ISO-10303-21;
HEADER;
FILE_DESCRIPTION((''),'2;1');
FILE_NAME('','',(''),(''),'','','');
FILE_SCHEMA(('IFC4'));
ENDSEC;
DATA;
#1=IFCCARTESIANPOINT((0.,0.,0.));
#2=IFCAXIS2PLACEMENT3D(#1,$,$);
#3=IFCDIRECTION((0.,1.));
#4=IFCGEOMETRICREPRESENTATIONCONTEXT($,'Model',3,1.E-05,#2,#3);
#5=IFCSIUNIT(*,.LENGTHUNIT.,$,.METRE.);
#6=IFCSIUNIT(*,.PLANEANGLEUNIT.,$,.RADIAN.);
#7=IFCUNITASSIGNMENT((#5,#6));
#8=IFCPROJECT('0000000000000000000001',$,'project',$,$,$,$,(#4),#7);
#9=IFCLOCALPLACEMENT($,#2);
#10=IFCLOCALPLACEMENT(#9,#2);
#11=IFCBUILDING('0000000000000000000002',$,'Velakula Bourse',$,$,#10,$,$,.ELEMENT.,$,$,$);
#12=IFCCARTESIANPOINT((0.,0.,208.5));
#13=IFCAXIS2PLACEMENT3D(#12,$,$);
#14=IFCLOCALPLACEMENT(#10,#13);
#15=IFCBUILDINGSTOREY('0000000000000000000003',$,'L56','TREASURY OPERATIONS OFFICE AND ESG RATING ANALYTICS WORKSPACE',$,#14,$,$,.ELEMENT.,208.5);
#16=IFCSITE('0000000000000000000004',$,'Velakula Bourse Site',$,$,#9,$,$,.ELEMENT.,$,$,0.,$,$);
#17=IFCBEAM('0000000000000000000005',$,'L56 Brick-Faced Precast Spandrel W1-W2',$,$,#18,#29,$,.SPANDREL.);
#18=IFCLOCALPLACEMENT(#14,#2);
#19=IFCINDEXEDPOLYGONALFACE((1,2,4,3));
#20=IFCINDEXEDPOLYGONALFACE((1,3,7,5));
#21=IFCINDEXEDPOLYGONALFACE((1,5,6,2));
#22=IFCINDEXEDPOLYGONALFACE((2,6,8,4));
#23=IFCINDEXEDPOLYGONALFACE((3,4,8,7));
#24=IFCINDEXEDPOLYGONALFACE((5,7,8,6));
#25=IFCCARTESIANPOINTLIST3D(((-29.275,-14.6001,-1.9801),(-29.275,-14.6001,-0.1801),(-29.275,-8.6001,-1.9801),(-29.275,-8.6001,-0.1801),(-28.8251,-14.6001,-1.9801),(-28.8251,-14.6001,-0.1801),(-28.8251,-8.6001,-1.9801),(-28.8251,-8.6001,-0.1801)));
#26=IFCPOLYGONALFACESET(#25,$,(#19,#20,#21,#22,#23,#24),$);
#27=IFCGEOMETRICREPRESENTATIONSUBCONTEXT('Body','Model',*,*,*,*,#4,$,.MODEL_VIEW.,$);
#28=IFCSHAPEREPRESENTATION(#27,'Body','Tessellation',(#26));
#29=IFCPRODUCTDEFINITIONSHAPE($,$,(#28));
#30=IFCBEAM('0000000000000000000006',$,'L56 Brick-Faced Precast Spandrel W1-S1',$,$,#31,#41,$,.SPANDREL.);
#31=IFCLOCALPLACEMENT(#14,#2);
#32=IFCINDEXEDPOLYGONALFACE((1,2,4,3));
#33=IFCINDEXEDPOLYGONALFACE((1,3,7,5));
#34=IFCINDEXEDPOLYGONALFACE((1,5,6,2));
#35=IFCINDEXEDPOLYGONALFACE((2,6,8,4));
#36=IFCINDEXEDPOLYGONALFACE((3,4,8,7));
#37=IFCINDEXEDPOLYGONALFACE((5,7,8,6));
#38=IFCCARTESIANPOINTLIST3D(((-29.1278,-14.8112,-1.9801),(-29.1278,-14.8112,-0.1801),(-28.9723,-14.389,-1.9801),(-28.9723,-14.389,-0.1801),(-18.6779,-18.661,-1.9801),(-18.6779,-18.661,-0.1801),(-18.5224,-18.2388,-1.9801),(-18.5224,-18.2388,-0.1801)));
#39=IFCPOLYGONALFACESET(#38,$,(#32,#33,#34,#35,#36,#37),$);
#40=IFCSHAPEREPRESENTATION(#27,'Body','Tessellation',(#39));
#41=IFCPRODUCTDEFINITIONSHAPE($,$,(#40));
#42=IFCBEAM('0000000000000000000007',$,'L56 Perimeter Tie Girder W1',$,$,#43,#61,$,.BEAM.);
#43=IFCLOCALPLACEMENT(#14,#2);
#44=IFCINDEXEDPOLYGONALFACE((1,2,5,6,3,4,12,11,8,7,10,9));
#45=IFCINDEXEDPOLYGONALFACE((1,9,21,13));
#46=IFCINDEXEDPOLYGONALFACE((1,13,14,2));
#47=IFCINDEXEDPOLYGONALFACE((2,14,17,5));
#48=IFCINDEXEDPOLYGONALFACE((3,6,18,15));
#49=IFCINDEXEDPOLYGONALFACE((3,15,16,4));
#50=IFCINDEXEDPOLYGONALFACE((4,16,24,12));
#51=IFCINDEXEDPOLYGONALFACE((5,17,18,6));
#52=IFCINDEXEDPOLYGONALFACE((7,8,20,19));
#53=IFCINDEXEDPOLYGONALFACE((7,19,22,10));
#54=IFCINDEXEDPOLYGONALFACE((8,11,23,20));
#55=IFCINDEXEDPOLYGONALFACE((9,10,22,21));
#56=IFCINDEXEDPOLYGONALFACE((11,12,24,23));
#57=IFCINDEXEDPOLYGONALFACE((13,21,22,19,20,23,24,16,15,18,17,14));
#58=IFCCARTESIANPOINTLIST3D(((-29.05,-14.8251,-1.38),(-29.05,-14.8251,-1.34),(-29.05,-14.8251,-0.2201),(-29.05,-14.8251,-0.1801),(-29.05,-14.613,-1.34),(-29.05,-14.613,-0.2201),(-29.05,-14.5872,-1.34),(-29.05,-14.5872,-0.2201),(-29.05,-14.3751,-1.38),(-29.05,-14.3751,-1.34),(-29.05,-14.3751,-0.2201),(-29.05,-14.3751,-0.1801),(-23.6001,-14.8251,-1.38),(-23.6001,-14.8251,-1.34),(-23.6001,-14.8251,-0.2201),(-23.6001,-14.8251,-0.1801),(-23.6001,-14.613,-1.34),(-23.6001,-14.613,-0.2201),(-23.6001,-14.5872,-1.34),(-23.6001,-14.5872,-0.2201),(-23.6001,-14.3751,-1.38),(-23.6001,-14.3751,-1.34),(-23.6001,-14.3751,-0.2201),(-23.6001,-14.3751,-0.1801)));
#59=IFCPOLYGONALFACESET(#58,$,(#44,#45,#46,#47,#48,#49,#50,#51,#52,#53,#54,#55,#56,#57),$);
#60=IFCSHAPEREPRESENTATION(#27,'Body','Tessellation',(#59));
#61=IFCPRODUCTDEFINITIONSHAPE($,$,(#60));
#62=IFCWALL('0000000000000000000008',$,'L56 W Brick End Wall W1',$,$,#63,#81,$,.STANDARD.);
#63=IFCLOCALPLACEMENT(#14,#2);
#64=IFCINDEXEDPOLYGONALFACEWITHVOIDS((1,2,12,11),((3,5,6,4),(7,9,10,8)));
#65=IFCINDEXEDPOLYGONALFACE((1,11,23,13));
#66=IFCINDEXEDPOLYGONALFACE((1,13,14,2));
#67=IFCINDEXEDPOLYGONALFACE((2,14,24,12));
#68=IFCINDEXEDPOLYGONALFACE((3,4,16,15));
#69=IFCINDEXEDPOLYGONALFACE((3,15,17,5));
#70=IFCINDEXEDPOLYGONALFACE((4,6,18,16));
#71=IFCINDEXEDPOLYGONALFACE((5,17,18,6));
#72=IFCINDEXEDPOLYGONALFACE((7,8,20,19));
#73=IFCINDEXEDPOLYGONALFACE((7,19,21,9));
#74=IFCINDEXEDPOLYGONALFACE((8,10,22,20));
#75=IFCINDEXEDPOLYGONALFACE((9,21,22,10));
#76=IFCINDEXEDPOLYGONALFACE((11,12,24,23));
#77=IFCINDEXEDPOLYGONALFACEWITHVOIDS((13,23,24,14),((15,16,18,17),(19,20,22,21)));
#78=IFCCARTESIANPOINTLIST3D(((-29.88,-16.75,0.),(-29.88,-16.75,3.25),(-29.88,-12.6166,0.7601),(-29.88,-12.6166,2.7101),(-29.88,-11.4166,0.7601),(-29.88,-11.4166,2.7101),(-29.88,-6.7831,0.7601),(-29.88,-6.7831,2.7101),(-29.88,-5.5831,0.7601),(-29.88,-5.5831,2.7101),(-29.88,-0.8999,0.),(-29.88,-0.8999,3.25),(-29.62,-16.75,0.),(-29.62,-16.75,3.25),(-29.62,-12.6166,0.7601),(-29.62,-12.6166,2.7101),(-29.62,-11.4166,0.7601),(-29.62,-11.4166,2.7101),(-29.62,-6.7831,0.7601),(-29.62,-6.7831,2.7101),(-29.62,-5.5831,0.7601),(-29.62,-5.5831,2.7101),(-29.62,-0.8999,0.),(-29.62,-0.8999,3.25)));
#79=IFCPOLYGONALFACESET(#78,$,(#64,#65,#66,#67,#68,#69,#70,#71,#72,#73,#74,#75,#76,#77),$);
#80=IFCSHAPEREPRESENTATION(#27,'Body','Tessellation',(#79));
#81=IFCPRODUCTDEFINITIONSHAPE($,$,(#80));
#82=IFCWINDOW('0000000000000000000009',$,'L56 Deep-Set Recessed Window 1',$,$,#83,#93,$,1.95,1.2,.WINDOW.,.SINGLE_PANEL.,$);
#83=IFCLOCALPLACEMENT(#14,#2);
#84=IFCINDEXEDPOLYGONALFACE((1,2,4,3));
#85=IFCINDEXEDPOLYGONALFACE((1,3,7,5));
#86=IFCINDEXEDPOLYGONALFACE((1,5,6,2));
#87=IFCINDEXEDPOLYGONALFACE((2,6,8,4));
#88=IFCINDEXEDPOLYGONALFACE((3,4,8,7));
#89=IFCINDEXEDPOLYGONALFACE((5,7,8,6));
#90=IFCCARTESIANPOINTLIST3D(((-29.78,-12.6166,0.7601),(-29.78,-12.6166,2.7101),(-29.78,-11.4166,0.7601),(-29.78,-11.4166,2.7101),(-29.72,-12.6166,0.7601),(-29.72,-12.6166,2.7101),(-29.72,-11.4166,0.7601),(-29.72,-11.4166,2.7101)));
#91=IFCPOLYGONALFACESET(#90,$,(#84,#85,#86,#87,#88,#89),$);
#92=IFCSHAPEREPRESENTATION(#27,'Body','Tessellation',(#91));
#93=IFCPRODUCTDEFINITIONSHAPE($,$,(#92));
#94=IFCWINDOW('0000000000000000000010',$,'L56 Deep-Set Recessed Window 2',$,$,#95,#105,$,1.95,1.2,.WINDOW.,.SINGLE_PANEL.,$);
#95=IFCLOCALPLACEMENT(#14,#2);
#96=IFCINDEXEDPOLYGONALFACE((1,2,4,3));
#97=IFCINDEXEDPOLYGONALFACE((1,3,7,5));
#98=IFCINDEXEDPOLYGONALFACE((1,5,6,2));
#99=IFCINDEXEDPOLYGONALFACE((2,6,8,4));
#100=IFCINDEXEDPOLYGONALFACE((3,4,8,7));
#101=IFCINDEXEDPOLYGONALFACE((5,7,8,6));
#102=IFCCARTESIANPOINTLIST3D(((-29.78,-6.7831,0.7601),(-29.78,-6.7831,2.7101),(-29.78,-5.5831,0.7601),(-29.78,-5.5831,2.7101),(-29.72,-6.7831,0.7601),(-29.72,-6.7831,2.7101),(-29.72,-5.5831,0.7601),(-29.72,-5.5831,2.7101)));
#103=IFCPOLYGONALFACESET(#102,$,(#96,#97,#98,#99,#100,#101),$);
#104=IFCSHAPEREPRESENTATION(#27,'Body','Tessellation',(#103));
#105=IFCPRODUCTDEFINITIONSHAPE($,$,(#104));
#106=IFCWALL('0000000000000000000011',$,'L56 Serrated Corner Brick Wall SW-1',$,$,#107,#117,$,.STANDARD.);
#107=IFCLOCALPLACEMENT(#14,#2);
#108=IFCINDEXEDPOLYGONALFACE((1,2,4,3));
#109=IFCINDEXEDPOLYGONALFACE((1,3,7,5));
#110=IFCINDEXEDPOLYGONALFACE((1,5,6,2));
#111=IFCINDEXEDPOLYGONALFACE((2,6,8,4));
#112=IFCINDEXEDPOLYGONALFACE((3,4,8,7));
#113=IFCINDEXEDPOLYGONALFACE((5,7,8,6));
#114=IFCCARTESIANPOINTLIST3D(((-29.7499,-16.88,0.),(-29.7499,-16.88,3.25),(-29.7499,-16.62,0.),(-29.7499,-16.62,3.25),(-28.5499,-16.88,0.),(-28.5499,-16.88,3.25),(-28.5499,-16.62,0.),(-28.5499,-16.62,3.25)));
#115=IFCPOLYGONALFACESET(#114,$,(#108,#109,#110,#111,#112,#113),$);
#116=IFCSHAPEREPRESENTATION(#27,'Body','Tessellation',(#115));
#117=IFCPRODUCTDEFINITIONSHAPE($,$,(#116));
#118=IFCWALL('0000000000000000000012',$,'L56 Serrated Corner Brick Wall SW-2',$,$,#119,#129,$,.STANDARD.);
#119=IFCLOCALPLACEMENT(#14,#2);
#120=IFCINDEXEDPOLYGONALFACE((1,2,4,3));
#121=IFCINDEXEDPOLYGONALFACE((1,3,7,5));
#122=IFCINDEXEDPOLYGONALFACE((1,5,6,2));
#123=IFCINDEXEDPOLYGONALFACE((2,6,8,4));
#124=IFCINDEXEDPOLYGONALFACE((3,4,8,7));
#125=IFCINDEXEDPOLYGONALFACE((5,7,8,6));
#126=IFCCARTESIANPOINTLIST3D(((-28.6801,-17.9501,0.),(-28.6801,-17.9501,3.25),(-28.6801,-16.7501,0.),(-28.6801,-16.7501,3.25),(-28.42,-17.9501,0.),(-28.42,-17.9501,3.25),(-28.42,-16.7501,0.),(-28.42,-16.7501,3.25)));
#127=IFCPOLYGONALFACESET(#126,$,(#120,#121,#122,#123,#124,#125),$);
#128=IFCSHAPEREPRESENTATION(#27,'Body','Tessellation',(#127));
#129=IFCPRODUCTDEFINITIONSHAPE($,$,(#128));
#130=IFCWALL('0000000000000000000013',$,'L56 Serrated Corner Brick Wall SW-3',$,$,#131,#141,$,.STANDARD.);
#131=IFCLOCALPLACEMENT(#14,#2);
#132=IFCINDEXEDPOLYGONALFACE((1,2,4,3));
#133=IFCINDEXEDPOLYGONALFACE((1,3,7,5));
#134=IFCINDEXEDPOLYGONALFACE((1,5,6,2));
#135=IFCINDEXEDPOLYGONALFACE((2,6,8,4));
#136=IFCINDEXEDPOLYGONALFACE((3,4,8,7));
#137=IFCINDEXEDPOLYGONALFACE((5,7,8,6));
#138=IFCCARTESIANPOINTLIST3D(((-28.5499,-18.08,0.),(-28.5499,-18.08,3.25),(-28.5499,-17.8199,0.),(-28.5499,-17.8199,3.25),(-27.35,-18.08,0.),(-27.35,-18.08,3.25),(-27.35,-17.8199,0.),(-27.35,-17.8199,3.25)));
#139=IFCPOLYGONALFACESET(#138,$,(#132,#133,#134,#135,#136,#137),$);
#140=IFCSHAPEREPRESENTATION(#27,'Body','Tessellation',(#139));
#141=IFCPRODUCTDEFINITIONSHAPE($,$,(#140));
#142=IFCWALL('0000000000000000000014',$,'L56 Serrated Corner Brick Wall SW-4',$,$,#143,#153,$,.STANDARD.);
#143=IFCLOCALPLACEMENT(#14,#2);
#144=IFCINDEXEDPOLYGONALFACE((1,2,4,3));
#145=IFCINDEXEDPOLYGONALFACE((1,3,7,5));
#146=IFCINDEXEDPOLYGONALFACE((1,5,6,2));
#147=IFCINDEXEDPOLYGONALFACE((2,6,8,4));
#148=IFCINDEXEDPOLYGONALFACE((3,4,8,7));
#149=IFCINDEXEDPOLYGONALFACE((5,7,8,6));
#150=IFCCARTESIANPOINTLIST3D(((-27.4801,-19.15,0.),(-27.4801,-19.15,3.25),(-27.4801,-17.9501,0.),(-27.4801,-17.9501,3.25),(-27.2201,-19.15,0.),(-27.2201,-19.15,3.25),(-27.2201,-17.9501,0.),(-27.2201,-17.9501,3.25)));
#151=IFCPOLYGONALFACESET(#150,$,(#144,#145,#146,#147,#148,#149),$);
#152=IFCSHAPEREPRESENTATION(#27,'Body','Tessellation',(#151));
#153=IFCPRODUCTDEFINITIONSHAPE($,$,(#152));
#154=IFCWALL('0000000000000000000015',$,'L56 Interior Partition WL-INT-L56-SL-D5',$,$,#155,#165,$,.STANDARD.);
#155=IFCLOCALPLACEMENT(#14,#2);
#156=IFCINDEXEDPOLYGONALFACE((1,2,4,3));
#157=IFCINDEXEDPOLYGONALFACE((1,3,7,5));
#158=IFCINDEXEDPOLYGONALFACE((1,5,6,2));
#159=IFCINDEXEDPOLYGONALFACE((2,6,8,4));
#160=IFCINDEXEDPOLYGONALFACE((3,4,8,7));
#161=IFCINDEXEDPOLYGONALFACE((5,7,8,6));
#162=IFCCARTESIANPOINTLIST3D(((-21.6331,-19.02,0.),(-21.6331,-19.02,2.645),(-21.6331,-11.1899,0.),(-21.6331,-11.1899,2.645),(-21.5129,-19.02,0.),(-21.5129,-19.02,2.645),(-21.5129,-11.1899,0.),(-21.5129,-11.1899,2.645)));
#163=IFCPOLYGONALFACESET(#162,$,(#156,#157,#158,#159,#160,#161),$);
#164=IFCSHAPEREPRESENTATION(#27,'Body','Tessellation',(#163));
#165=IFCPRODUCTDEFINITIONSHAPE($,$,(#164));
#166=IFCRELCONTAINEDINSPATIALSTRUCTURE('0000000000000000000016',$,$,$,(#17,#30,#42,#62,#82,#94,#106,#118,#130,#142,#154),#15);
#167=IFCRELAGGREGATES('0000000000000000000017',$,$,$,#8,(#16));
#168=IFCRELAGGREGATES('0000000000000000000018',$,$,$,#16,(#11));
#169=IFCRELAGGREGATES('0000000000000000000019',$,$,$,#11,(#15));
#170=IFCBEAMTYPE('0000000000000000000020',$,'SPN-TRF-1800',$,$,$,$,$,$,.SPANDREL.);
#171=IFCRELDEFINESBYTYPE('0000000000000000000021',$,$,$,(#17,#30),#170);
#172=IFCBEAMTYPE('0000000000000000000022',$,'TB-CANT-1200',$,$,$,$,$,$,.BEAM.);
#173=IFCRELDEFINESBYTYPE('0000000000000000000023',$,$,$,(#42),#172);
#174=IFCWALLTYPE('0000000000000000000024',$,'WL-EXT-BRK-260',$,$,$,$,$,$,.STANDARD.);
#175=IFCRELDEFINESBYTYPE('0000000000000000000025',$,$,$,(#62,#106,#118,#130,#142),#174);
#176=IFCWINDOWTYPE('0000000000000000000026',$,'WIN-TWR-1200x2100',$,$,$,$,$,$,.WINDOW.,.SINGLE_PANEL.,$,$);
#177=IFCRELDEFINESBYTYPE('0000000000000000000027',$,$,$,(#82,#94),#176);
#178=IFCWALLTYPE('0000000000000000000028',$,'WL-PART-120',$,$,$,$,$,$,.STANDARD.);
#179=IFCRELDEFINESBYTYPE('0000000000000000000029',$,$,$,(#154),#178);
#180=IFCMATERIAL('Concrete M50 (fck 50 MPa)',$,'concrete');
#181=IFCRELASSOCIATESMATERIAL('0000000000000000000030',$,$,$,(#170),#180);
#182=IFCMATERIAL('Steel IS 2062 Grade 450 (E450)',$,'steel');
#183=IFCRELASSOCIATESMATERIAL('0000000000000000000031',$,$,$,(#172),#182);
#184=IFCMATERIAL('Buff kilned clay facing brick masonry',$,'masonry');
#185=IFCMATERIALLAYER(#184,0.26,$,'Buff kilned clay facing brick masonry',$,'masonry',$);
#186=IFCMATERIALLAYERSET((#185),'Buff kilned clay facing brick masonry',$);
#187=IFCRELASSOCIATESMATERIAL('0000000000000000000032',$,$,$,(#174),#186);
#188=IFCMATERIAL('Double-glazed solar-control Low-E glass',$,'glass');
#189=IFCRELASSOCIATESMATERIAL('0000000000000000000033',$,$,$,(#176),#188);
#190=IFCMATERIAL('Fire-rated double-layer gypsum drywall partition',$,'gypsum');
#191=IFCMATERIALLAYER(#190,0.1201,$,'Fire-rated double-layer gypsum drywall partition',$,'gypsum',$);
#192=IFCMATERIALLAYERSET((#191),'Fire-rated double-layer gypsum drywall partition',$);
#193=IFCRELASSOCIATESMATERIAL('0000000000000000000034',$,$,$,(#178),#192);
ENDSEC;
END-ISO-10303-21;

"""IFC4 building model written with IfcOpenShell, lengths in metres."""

from ifc_helpers import new_model, si_unit, direction, frame, frame_2d, origin, origin_2d, place, context, subcontext, project, spatial, rectangle, i_section, extrude, material, layer, layer_set, material_profile, profile_set, type_object, element, fill, save


model = new_model("IFC4")

# Units and contexts
model_context = context("Model", 3, precision=1e-05, world=origin(), true_north=direction((0.0, 1.0)))
body_context = subcontext(model_context, "Body", "Model", "MODEL_VIEW")
ifc_project = project(units=[si_unit("LENGTHUNIT", "METRE"), si_unit("PLANEANGLEUNIT", "RADIAN")], contexts=[model_context])

# Site, building, storey
site_placement = place(None, origin())
site = spatial("IfcSite", under=ifc_project, at=site_placement, Name="Velakula Bourse Site", CompositionType="ELEMENT", RefElevation=0.0)
building_placement = place(site_placement, origin())
building = spatial("IfcBuilding", under=site, at=building_placement, Name="Velakula Bourse", CompositionType="ELEMENT")
storey_placement = place(building_placement, frame((0.0, 0.0, 208.5)))
storey = spatial("IfcBuildingStorey", under=building, at=storey_placement, Name="L56", Description="TREASURY OPERATIONS OFFICE AND ESG RATING ANALYTICS WORKSPACE", CompositionType="ELEMENT", Elevation=208.5)

# Beams
ifc_material_1 = material(Name="Concrete M50 (fck 50 MPa)", Category="concrete")
ifc_material_profile_1 = material_profile(ifc_material_1, rectangle(XDim=0.45, YDim=1.8, at=origin_2d()), Name="Concrete M50 (fck 50 MPa)")
ifc_profile_set_1 = profile_set([ifc_material_profile_1], Name="Concrete M50 (fck 50 MPa)")
beam_type_1 = type_object("IfcBeamType", Name="SPN-TRF-1800", PredefinedType="SPANDREL", material=ifc_profile_set_1)
beam_1_placement = place(storey_placement, frame((-29.05, -14.6001, -1.0801), z_axis=(0.0, 1.0, 0.0), x_axis=(-1.0, 0.0, 0.0)))
element("IfcBeam", 1, at=beam_1_placement, inside=storey, type_object=beam_type_1, Name="L56 Brick-Faced Precast Spandrel W1-W2", PredefinedType="SPANDREL", context=body_context, shape_type="SweptSolid", body=[
    extrude(rectangle(XDim=0.45, YDim=1.8, at=origin_2d()), origin(), (0.0, 0.0, 1.0), 6.0),
])
beam_2_placement = place(storey_placement, frame((-29.05, -14.6001, -1.0801), z_axis=(0.938347, -0.345695, 0.0), x_axis=(0.345695, 0.938347, 0.0)))
element("IfcBeam", 2, at=beam_2_placement, inside=storey, type_object=beam_type_1, Name="L56 Brick-Faced Precast Spandrel W1-S1", PredefinedType="SPANDREL", context=body_context, shape_type="SweptSolid", body=[
    extrude(rectangle(XDim=0.45, YDim=1.8, at=origin_2d()), origin(), (0.0, 0.0, 1.0), 11.1365),
])
ifc_material_2 = material(Name="Steel IS 2062 Grade 450 (E450)", Category="steel")
ifc_material_profile_2 = material_profile(ifc_material_2, i_section(OverallWidth=0.45, OverallDepth=1.2, WebThickness=0.0259, FlangeThickness=0.04, at=origin_2d()), Name="Steel IS 2062 Grade 450 (E450)")
ifc_profile_set_2 = profile_set([ifc_material_profile_2], Name="Steel IS 2062 Grade 450 (E450)")
beam_type_2 = type_object("IfcBeamType", Name="TB-CANT-1200", PredefinedType="BEAM", material=ifc_profile_set_2)
beam_3_placement = place(storey_placement, frame((-23.6001, -14.6001, -0.78), z_axis=(-1.0, 0.0, 0.0), x_axis=(0.0, -1.0, 0.0)))
element("IfcBeam", 3, at=beam_3_placement, inside=storey, type_object=beam_type_2, Name="L56 Perimeter Tie Girder W1", PredefinedType="BEAM", context=body_context, shape_type="SweptSolid", body=[
    extrude(i_section(OverallWidth=0.45, OverallDepth=1.2, WebThickness=0.0259, FlangeThickness=0.04, at=origin_2d()), origin(), (0.0, 0.0, 1.0), 5.45),
])

# Wall, openings, windows
ifc_material_3 = material(Name="Buff kilned clay facing brick masonry", Category="masonry")
ifc_layer_1 = layer(ifc_material_3, 0.26, Name="Buff kilned clay facing brick masonry", Category="masonry")
ifc_layer_set_1 = layer_set([ifc_layer_1], Name="Buff kilned clay facing brick masonry")
wall_type_1 = type_object("IfcWallType", Name="WL-EXT-BRK-260", PredefinedType="STANDARD", material=ifc_layer_set_1)
wall_1_placement = place(storey_placement, frame((-29.75, -16.75, 0.0), z_axis=(0.0, 0.0, 1.0), x_axis=(0.0, 1.0, 0.0)))
wall_1 = element("IfcWall", 4, at=wall_1_placement, inside=storey, type_object=wall_type_1, Name="L56 W Brick End Wall W1", PredefinedType="STANDARD", context=body_context, shape_type="SweptSolid", body=[
    extrude(rectangle(XDim=15.8501, YDim=0.26, at=frame_2d((7.925, 0.0))), origin(), (0.0, 0.0, 1.0), 3.25),
])
opening_1_placement = place(wall_1_placement, frame((4.1333, 0.0, 0.76)))
opening_1 = element("IfcOpeningElement", 5, at=opening_1_placement, cuts=wall_1, PredefinedType="OPENING", context=body_context, shape_type="SweptSolid", body=[
    extrude(rectangle(XDim=1.2, YDim=1.95, at=frame_2d((0.6001, 0.9751))), frame((0.0, 0.1399, 0.0), z_axis=(0.0, -1.0, 0.0), x_axis=(1.0, 0.0, 0.0)), (0.0, 0.0, 1.0), 0.28),
])
opening_2_placement = place(wall_1_placement, frame((9.9668, 0.0, 0.76)))
opening_2 = element("IfcOpeningElement", 6, at=opening_2_placement, cuts=wall_1, PredefinedType="OPENING", context=body_context, shape_type="SweptSolid", body=[
    extrude(rectangle(XDim=1.2, YDim=1.95, at=frame_2d((0.6001, 0.9751))), frame((0.0, 0.1399, 0.0), z_axis=(0.0, -1.0, 0.0), x_axis=(1.0, 0.0, 0.0)), (0.0, 0.0, 1.0), 0.28),
])
ifc_material_4 = material(Name="Double-glazed solar-control Low-E glass", Category="glass")
window_type = type_object("IfcWindowType", Name="WIN-TWR-1200x2100", PartitioningType="SINGLE_PANEL", PredefinedType="WINDOW", material=ifc_material_4)
window_1_placement = place(opening_1_placement, origin())
window_1 = element("IfcWindow", 7, at=window_1_placement, inside=storey, type_object=window_type, Name="L56 Deep-Set Recessed Window 1", OverallHeight=1.95, OverallWidth=1.2, PartitioningType="SINGLE_PANEL", PredefinedType="WINDOW", context=body_context, shape_type="SweptSolid", body=[
    extrude(rectangle(XDim=1.2, YDim=1.95, at=frame_2d((0.6001, 0.9751))), frame((0.0, 0.03, 0.0), z_axis=(0.0, -1.0, 0.0), x_axis=(1.0, 0.0, 0.0)), (0.0, 0.0, 1.0), 0.0601),
])
fill(opening_1, window_1)
window_2_placement = place(opening_2_placement, origin())
window_2 = element("IfcWindow", 8, at=window_2_placement, inside=storey, type_object=window_type, Name="L56 Deep-Set Recessed Window 2", OverallHeight=1.95, OverallWidth=1.2, PartitioningType="SINGLE_PANEL", PredefinedType="WINDOW", context=body_context, shape_type="SweptSolid", body=[
    extrude(rectangle(XDim=1.2, YDim=1.95, at=frame_2d((0.6001, 0.9751))), frame((0.0, 0.03, 0.0), z_axis=(0.0, -1.0, 0.0), x_axis=(1.0, 0.0, 0.0)), (0.0, 0.0, 1.0), 0.0601),
])
fill(opening_2, window_2)

# Walls
for number, where, z_axis, x_axis, name in (
    (9, (-29.75, -16.75, 0.0), (0.0, 0.0, 1.0), (1.0, 0.0, 0.0), "L56 Serrated Corner Brick Wall SW-1"),
    (10, (-28.55, -16.75, 0.0), (0.0, 0.0, 1.0), (0.0, -1.0, 0.0), "L56 Serrated Corner Brick Wall SW-2"),
    (11, (-28.55, -17.95, 0.0), (0.0, 0.0, 1.0), (1.0, 0.0, 0.0), "L56 Serrated Corner Brick Wall SW-3"),
    (12, (-27.3501, -17.95, 0.0), (0.0, 0.0, 1.0), (0.0, -1.0, 0.0), "L56 Serrated Corner Brick Wall SW-4"),
):
    element("IfcWall", number, at=place(storey_placement, frame(where, z_axis=z_axis, x_axis=x_axis)), inside=storey, type_object=wall_type_1, Name=name, PredefinedType="STANDARD", context=body_context, shape_type="SweptSolid", body=[
        extrude(rectangle(XDim=1.2, YDim=0.26, at=frame_2d((0.6001, 0.0))), origin(), (0.0, 0.0, 1.0), 3.25),
    ])
ifc_material_5 = material(Name="Fire-rated double-layer gypsum drywall partition", Category="gypsum")
ifc_layer_2 = layer(ifc_material_5, 0.1201, Name="Fire-rated double-layer gypsum drywall partition", Category="gypsum")
ifc_layer_set_2 = layer_set([ifc_layer_2], Name="Fire-rated double-layer gypsum drywall partition")
wall_type_2 = type_object("IfcWallType", Name="WL-PART-120", PredefinedType="STANDARD", material=ifc_layer_set_2)
wall_2_placement = place(storey_placement, frame((-21.573, -19.02, 0.0), z_axis=(0.0, 0.0, 1.0), x_axis=(0.0, 1.0, 0.0)))
element("IfcWall", 13, at=wall_2_placement, inside=storey, type_object=wall_type_2, Name="L56 Interior Partition WL-INT-L56-SL-D5", PredefinedType="STANDARD", context=body_context, shape_type="SweptSolid", body=[
    extrude(rectangle(XDim=7.8301, YDim=0.1201, at=frame_2d((3.915, 0.0))), origin(), (0.0, 0.0, 1.0), 2.645),
])

save(model, "model.ifc")
